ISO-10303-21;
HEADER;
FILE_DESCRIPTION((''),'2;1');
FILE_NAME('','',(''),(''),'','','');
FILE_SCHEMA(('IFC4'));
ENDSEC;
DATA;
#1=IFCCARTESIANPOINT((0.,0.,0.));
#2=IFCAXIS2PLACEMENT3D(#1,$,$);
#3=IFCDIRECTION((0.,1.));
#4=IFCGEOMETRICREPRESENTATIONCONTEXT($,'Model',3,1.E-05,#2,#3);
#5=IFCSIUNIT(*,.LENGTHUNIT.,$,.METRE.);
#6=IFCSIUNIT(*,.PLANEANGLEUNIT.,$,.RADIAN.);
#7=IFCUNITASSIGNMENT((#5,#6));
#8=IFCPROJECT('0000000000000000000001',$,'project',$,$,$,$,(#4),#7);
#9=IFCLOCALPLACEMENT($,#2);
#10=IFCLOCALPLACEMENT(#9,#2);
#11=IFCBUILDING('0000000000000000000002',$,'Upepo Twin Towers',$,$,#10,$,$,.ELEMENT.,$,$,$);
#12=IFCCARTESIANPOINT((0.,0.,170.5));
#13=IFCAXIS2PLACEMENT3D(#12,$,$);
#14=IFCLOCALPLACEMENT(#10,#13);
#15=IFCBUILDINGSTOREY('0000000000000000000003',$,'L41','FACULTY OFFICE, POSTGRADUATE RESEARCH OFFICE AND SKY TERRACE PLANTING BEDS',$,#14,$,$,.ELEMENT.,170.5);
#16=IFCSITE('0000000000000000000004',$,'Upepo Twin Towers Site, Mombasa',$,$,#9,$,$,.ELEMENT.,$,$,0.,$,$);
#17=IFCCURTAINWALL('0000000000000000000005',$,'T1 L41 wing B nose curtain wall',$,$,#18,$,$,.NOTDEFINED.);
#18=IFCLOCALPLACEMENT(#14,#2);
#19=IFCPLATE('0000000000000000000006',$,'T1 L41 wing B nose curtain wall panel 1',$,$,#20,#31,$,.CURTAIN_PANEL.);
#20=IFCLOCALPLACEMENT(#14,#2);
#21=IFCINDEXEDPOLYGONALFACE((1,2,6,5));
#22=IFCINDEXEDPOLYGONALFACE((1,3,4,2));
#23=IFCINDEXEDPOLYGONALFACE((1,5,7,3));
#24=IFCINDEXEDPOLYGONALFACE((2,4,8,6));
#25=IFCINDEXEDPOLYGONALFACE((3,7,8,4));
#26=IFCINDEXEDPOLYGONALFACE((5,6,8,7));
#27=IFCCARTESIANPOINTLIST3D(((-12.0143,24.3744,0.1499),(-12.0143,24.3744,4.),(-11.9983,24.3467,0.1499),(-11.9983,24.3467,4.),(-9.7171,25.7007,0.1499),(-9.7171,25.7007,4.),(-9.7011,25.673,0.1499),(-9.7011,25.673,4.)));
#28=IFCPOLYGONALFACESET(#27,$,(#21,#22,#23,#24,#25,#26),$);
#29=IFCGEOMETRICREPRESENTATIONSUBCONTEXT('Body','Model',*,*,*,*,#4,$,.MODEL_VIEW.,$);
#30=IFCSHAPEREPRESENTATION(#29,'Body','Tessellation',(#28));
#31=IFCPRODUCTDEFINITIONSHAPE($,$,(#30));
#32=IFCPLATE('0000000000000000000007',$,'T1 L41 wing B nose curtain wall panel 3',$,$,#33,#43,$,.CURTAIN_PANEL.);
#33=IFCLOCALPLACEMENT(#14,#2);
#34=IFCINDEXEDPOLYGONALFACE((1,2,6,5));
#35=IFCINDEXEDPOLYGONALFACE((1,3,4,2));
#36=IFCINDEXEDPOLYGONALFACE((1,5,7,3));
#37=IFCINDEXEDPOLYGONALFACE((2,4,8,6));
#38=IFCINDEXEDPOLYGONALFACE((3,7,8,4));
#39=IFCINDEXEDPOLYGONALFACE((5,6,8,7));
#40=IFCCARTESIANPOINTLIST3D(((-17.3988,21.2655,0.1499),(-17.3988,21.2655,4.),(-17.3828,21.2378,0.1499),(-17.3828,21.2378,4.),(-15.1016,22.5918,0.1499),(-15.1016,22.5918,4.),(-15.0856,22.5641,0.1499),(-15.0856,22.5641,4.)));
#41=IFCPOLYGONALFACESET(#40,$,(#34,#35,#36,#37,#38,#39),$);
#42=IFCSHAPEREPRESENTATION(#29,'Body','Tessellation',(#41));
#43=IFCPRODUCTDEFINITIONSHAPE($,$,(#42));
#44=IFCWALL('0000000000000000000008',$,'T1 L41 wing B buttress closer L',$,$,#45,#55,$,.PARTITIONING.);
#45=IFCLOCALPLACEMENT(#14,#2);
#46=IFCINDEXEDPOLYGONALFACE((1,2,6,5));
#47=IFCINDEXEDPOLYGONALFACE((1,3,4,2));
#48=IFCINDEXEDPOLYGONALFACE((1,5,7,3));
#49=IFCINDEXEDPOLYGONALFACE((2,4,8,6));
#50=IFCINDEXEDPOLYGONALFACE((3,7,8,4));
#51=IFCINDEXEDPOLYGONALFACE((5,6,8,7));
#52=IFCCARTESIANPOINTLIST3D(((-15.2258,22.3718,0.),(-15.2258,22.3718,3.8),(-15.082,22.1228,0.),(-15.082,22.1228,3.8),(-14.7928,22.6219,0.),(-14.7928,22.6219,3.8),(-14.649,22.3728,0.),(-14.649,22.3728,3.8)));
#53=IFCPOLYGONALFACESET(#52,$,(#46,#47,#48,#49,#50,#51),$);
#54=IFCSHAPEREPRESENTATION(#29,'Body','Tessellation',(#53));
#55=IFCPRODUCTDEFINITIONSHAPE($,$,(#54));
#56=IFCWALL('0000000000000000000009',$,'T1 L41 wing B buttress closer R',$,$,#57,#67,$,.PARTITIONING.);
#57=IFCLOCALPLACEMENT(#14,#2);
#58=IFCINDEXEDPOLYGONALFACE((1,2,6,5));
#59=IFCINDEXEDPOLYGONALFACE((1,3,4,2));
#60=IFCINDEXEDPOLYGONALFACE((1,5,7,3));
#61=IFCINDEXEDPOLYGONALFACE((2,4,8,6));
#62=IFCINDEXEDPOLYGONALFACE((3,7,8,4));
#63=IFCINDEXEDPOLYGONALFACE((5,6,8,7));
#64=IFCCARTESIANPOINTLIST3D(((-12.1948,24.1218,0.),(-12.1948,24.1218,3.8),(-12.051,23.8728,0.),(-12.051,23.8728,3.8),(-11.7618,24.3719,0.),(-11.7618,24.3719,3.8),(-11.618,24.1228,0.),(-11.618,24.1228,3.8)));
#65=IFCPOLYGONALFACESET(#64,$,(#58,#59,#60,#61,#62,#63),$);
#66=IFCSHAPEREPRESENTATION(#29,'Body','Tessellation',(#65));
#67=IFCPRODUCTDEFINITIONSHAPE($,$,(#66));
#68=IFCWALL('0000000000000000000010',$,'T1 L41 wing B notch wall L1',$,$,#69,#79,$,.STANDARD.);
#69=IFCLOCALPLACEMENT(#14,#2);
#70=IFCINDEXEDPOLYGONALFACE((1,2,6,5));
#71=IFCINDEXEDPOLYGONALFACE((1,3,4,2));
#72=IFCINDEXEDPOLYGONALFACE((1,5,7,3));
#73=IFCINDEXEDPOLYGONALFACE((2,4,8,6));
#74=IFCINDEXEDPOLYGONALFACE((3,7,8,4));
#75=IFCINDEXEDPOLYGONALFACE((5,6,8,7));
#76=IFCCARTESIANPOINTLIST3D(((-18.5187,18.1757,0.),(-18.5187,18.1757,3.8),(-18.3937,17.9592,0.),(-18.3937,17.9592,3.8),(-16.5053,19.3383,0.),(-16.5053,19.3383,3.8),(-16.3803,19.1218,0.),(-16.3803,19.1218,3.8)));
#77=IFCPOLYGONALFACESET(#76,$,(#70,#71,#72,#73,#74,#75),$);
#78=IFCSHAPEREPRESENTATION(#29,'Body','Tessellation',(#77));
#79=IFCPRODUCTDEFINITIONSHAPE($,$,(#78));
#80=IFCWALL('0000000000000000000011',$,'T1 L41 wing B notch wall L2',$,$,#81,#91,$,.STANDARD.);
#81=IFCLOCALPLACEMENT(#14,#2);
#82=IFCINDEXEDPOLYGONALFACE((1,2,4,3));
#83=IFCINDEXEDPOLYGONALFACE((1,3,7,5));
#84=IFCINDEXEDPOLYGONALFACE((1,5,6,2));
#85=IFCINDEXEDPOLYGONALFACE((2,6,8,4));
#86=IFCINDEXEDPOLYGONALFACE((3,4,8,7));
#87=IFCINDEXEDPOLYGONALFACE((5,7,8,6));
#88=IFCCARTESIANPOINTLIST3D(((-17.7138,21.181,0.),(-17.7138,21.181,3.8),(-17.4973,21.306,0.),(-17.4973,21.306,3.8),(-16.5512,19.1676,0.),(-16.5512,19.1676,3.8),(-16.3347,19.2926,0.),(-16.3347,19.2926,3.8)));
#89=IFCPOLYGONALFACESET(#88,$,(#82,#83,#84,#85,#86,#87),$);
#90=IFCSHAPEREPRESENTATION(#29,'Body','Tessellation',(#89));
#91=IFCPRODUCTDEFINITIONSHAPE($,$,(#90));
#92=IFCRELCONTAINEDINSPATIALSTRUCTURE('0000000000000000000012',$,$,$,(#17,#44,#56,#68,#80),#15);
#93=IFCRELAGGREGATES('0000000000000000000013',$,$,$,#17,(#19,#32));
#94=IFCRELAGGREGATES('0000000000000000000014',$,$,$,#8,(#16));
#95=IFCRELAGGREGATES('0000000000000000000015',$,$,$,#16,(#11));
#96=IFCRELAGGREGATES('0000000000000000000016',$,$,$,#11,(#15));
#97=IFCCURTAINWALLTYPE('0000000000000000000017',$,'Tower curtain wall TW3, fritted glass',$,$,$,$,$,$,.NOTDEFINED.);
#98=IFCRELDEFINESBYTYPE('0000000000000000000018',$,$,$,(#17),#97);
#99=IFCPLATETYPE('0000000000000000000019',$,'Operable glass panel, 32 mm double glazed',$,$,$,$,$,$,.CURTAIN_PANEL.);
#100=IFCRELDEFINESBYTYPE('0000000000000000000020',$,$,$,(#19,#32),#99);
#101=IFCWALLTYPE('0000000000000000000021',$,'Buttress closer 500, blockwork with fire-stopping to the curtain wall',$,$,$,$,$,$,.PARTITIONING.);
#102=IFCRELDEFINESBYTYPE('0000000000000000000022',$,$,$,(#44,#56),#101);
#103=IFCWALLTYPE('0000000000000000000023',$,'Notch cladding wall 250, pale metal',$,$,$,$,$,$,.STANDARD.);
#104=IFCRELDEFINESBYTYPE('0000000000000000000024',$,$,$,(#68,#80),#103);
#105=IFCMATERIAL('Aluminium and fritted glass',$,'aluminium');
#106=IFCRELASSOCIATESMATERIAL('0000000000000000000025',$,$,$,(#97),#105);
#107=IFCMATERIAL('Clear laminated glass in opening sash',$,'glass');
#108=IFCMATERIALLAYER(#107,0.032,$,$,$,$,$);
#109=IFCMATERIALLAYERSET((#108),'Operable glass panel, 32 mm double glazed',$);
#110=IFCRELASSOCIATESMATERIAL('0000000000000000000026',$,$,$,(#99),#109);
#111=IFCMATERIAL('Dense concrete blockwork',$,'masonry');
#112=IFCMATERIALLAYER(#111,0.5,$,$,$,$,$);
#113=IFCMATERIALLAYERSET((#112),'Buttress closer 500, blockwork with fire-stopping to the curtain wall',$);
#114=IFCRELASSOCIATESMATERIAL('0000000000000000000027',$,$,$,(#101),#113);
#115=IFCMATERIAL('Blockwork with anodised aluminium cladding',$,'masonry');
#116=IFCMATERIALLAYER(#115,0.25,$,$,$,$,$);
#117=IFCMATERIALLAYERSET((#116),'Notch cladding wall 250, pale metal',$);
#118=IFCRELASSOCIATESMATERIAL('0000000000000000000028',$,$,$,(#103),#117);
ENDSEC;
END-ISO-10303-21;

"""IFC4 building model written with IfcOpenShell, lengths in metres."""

from ifc_helpers import new_model, si_unit, direction, frame, frame_2d, origin, origin_2d, place, context, subcontext, project, spatial, rectangle, extrude, material, layer, layer_set, type_object, element, aggregate, save


model = new_model("IFC4")

# Units and contexts
model_context = context("Model", 3, precision=1e-05, world=origin(), true_north=direction((0.0, 1.0)))
body_context = subcontext(model_context, "Body", "Model", "MODEL_VIEW")
ifc_project = project(units=[si_unit("LENGTHUNIT", "METRE"), si_unit("PLANEANGLEUNIT", "RADIAN")], contexts=[model_context])

# Site, building, storey
site_placement = place(None, origin())
site = spatial("IfcSite", under=ifc_project, at=site_placement, Name="Upepo Twin Towers Site, Mombasa", CompositionType="ELEMENT", RefElevation=0.0)
building_placement = place(site_placement, origin())
building = spatial("IfcBuilding", under=site, at=building_placement, Name="Upepo Twin Towers", CompositionType="ELEMENT")
storey_placement = place(building_placement, frame((0.0, 0.0, 170.5)))
storey = spatial("IfcBuildingStorey", under=building, at=storey_placement, Name="L41", Description="FACULTY OFFICE, POSTGRADUATE RESEARCH OFFICE AND SKY TERRACE PLANTING BEDS", CompositionType="ELEMENT", Elevation=170.5)

# Curtain wall
ifc_material_1 = material(Name="Aluminium and fritted glass", Category="aluminium")
curtain_wall_type = type_object("IfcCurtainWallType", Name="Tower curtain wall TW3, fritted glass", PredefinedType="NOTDEFINED", material=ifc_material_1)
curtain_wall_1_placement = place(storey_placement, origin())
curtain_wall_1 = element("IfcCurtainWall", 1, at=curtain_wall_1_placement, inside=storey, type_object=curtain_wall_type, Name="T1 L41 wing B nose curtain wall", PredefinedType="NOTDEFINED")

# Plates
ifc_material_2 = material(Name="Clear laminated glass in opening sash", Category="glass")
ifc_layer_1 = layer(ifc_material_2, 0.032)
ifc_layer_set_1 = layer_set([ifc_layer_1], Name="Operable glass panel, 32 mm double glazed")
plate_type_1 = type_object("IfcPlateType", Name="Operable glass panel, 32 mm double glazed", PredefinedType="CURTAIN_PANEL", material=ifc_layer_set_1)
plate_1_placement = place(storey_placement, frame((-10.8577, 25.0237, 0.1499), z_axis=(0.0, 0.0, 1.0), x_axis=(-0.866025, -0.5, 0.0)))
plate_1 = element("IfcPlate", 2, at=plate_1_placement, type_object=plate_type_1, Name="T1 L41 wing B nose curtain wall panel 1", PredefinedType="CURTAIN_PANEL", context=body_context, shape_type="SweptSolid", body=[
    extrude(rectangle(XDim=2.6526, YDim=0.032, at=origin_2d()), origin(), (0.0, 0.0, 1.0), 3.8501),
])
plate_2_placement = place(storey_placement, frame((-16.2422, 21.9148, 0.1499), z_axis=(0.0, 0.0, 1.0), x_axis=(-0.866025, -0.5, 0.0)))
plate_2 = element("IfcPlate", 3, at=plate_2_placement, type_object=plate_type_1, Name="T1 L41 wing B nose curtain wall panel 3", PredefinedType="CURTAIN_PANEL", context=body_context, shape_type="SweptSolid", body=[
    extrude(rectangle(XDim=2.6526, YDim=0.032, at=origin_2d()), origin(), (0.0, 0.0, 1.0), 3.8501),
])
aggregate(curtain_wall_1, [plate_1, plate_2])

# Walls
ifc_material_3 = material(Name="Dense concrete blockwork", Category="masonry")
ifc_layer_2 = layer(ifc_material_3, 0.5)
ifc_layer_set_2 = layer_set([ifc_layer_2], Name="Buttress closer 500, blockwork with fire-stopping to the curtain wall")
wall_type_1 = type_object("IfcWallType", Name="Buttress closer 500, blockwork with fire-stopping to the curtain wall", PredefinedType="PARTITIONING", material=ifc_layer_set_2)
for number, where, z_axis, x_axis, name in (
    (4, (-14.8655, 22.2478, 0.0), (0.0, 0.0, 1.0), (-0.500065, 0.865988, 0.0), "T1 L41 wing B buttress closer L"),
    (5, (-11.8345, 23.9978, 0.0), (0.0, 0.0, 1.0), (-0.500065, 0.865988, 0.0), "T1 L41 wing B buttress closer R"),
):
    element("IfcWall", number, at=place(storey_placement, frame(where, z_axis=z_axis, x_axis=x_axis)), inside=storey, type_object=wall_type_1, Name=name, PredefinedType="PARTITIONING", context=body_context, shape_type="SweptSolid", body=[
        extrude(rectangle(XDim=0.2876, YDim=0.5, at=frame_2d((0.1438, 0.0))), origin(), (0.0, 0.0, 1.0), 3.8),
    ])
ifc_material_4 = material(Name="Blockwork with anodised aluminium cladding", Category="masonry")
ifc_layer_3 = layer(ifc_material_4, 0.25)
ifc_layer_set_3 = layer_set([ifc_layer_3], Name="Notch cladding wall 250, pale metal")
wall_type_2 = type_object("IfcWallType", Name="Notch cladding wall 250, pale metal", PredefinedType="STANDARD", material=ifc_layer_set_3)
for number, where, z_axis, x_axis, name in (
    (6, (-18.4563, 18.0674, 0.0), (0.0, 0.0, 1.0), (0.865998, 0.500047, 0.0), "T1 L41 wing B notch wall L1"),
    (7, (-16.4429, 19.23, 0.0), (0.0, 0.0, 1.0), (-0.500047, 0.865998, 0.0), "T1 L41 wing B notch wall L2"),
):
    element("IfcWall", number, at=place(storey_placement, frame(where, z_axis=z_axis, x_axis=x_axis)), inside=storey, type_object=wall_type_2, Name=name, PredefinedType="STANDARD", context=body_context, shape_type="SweptSolid", body=[
        extrude(rectangle(XDim=2.325, YDim=0.25, at=frame_2d((1.1626, 0.0))), origin(), (0.0, 0.0, 1.0), 3.8),
    ])

save(model, "model.ifc")
